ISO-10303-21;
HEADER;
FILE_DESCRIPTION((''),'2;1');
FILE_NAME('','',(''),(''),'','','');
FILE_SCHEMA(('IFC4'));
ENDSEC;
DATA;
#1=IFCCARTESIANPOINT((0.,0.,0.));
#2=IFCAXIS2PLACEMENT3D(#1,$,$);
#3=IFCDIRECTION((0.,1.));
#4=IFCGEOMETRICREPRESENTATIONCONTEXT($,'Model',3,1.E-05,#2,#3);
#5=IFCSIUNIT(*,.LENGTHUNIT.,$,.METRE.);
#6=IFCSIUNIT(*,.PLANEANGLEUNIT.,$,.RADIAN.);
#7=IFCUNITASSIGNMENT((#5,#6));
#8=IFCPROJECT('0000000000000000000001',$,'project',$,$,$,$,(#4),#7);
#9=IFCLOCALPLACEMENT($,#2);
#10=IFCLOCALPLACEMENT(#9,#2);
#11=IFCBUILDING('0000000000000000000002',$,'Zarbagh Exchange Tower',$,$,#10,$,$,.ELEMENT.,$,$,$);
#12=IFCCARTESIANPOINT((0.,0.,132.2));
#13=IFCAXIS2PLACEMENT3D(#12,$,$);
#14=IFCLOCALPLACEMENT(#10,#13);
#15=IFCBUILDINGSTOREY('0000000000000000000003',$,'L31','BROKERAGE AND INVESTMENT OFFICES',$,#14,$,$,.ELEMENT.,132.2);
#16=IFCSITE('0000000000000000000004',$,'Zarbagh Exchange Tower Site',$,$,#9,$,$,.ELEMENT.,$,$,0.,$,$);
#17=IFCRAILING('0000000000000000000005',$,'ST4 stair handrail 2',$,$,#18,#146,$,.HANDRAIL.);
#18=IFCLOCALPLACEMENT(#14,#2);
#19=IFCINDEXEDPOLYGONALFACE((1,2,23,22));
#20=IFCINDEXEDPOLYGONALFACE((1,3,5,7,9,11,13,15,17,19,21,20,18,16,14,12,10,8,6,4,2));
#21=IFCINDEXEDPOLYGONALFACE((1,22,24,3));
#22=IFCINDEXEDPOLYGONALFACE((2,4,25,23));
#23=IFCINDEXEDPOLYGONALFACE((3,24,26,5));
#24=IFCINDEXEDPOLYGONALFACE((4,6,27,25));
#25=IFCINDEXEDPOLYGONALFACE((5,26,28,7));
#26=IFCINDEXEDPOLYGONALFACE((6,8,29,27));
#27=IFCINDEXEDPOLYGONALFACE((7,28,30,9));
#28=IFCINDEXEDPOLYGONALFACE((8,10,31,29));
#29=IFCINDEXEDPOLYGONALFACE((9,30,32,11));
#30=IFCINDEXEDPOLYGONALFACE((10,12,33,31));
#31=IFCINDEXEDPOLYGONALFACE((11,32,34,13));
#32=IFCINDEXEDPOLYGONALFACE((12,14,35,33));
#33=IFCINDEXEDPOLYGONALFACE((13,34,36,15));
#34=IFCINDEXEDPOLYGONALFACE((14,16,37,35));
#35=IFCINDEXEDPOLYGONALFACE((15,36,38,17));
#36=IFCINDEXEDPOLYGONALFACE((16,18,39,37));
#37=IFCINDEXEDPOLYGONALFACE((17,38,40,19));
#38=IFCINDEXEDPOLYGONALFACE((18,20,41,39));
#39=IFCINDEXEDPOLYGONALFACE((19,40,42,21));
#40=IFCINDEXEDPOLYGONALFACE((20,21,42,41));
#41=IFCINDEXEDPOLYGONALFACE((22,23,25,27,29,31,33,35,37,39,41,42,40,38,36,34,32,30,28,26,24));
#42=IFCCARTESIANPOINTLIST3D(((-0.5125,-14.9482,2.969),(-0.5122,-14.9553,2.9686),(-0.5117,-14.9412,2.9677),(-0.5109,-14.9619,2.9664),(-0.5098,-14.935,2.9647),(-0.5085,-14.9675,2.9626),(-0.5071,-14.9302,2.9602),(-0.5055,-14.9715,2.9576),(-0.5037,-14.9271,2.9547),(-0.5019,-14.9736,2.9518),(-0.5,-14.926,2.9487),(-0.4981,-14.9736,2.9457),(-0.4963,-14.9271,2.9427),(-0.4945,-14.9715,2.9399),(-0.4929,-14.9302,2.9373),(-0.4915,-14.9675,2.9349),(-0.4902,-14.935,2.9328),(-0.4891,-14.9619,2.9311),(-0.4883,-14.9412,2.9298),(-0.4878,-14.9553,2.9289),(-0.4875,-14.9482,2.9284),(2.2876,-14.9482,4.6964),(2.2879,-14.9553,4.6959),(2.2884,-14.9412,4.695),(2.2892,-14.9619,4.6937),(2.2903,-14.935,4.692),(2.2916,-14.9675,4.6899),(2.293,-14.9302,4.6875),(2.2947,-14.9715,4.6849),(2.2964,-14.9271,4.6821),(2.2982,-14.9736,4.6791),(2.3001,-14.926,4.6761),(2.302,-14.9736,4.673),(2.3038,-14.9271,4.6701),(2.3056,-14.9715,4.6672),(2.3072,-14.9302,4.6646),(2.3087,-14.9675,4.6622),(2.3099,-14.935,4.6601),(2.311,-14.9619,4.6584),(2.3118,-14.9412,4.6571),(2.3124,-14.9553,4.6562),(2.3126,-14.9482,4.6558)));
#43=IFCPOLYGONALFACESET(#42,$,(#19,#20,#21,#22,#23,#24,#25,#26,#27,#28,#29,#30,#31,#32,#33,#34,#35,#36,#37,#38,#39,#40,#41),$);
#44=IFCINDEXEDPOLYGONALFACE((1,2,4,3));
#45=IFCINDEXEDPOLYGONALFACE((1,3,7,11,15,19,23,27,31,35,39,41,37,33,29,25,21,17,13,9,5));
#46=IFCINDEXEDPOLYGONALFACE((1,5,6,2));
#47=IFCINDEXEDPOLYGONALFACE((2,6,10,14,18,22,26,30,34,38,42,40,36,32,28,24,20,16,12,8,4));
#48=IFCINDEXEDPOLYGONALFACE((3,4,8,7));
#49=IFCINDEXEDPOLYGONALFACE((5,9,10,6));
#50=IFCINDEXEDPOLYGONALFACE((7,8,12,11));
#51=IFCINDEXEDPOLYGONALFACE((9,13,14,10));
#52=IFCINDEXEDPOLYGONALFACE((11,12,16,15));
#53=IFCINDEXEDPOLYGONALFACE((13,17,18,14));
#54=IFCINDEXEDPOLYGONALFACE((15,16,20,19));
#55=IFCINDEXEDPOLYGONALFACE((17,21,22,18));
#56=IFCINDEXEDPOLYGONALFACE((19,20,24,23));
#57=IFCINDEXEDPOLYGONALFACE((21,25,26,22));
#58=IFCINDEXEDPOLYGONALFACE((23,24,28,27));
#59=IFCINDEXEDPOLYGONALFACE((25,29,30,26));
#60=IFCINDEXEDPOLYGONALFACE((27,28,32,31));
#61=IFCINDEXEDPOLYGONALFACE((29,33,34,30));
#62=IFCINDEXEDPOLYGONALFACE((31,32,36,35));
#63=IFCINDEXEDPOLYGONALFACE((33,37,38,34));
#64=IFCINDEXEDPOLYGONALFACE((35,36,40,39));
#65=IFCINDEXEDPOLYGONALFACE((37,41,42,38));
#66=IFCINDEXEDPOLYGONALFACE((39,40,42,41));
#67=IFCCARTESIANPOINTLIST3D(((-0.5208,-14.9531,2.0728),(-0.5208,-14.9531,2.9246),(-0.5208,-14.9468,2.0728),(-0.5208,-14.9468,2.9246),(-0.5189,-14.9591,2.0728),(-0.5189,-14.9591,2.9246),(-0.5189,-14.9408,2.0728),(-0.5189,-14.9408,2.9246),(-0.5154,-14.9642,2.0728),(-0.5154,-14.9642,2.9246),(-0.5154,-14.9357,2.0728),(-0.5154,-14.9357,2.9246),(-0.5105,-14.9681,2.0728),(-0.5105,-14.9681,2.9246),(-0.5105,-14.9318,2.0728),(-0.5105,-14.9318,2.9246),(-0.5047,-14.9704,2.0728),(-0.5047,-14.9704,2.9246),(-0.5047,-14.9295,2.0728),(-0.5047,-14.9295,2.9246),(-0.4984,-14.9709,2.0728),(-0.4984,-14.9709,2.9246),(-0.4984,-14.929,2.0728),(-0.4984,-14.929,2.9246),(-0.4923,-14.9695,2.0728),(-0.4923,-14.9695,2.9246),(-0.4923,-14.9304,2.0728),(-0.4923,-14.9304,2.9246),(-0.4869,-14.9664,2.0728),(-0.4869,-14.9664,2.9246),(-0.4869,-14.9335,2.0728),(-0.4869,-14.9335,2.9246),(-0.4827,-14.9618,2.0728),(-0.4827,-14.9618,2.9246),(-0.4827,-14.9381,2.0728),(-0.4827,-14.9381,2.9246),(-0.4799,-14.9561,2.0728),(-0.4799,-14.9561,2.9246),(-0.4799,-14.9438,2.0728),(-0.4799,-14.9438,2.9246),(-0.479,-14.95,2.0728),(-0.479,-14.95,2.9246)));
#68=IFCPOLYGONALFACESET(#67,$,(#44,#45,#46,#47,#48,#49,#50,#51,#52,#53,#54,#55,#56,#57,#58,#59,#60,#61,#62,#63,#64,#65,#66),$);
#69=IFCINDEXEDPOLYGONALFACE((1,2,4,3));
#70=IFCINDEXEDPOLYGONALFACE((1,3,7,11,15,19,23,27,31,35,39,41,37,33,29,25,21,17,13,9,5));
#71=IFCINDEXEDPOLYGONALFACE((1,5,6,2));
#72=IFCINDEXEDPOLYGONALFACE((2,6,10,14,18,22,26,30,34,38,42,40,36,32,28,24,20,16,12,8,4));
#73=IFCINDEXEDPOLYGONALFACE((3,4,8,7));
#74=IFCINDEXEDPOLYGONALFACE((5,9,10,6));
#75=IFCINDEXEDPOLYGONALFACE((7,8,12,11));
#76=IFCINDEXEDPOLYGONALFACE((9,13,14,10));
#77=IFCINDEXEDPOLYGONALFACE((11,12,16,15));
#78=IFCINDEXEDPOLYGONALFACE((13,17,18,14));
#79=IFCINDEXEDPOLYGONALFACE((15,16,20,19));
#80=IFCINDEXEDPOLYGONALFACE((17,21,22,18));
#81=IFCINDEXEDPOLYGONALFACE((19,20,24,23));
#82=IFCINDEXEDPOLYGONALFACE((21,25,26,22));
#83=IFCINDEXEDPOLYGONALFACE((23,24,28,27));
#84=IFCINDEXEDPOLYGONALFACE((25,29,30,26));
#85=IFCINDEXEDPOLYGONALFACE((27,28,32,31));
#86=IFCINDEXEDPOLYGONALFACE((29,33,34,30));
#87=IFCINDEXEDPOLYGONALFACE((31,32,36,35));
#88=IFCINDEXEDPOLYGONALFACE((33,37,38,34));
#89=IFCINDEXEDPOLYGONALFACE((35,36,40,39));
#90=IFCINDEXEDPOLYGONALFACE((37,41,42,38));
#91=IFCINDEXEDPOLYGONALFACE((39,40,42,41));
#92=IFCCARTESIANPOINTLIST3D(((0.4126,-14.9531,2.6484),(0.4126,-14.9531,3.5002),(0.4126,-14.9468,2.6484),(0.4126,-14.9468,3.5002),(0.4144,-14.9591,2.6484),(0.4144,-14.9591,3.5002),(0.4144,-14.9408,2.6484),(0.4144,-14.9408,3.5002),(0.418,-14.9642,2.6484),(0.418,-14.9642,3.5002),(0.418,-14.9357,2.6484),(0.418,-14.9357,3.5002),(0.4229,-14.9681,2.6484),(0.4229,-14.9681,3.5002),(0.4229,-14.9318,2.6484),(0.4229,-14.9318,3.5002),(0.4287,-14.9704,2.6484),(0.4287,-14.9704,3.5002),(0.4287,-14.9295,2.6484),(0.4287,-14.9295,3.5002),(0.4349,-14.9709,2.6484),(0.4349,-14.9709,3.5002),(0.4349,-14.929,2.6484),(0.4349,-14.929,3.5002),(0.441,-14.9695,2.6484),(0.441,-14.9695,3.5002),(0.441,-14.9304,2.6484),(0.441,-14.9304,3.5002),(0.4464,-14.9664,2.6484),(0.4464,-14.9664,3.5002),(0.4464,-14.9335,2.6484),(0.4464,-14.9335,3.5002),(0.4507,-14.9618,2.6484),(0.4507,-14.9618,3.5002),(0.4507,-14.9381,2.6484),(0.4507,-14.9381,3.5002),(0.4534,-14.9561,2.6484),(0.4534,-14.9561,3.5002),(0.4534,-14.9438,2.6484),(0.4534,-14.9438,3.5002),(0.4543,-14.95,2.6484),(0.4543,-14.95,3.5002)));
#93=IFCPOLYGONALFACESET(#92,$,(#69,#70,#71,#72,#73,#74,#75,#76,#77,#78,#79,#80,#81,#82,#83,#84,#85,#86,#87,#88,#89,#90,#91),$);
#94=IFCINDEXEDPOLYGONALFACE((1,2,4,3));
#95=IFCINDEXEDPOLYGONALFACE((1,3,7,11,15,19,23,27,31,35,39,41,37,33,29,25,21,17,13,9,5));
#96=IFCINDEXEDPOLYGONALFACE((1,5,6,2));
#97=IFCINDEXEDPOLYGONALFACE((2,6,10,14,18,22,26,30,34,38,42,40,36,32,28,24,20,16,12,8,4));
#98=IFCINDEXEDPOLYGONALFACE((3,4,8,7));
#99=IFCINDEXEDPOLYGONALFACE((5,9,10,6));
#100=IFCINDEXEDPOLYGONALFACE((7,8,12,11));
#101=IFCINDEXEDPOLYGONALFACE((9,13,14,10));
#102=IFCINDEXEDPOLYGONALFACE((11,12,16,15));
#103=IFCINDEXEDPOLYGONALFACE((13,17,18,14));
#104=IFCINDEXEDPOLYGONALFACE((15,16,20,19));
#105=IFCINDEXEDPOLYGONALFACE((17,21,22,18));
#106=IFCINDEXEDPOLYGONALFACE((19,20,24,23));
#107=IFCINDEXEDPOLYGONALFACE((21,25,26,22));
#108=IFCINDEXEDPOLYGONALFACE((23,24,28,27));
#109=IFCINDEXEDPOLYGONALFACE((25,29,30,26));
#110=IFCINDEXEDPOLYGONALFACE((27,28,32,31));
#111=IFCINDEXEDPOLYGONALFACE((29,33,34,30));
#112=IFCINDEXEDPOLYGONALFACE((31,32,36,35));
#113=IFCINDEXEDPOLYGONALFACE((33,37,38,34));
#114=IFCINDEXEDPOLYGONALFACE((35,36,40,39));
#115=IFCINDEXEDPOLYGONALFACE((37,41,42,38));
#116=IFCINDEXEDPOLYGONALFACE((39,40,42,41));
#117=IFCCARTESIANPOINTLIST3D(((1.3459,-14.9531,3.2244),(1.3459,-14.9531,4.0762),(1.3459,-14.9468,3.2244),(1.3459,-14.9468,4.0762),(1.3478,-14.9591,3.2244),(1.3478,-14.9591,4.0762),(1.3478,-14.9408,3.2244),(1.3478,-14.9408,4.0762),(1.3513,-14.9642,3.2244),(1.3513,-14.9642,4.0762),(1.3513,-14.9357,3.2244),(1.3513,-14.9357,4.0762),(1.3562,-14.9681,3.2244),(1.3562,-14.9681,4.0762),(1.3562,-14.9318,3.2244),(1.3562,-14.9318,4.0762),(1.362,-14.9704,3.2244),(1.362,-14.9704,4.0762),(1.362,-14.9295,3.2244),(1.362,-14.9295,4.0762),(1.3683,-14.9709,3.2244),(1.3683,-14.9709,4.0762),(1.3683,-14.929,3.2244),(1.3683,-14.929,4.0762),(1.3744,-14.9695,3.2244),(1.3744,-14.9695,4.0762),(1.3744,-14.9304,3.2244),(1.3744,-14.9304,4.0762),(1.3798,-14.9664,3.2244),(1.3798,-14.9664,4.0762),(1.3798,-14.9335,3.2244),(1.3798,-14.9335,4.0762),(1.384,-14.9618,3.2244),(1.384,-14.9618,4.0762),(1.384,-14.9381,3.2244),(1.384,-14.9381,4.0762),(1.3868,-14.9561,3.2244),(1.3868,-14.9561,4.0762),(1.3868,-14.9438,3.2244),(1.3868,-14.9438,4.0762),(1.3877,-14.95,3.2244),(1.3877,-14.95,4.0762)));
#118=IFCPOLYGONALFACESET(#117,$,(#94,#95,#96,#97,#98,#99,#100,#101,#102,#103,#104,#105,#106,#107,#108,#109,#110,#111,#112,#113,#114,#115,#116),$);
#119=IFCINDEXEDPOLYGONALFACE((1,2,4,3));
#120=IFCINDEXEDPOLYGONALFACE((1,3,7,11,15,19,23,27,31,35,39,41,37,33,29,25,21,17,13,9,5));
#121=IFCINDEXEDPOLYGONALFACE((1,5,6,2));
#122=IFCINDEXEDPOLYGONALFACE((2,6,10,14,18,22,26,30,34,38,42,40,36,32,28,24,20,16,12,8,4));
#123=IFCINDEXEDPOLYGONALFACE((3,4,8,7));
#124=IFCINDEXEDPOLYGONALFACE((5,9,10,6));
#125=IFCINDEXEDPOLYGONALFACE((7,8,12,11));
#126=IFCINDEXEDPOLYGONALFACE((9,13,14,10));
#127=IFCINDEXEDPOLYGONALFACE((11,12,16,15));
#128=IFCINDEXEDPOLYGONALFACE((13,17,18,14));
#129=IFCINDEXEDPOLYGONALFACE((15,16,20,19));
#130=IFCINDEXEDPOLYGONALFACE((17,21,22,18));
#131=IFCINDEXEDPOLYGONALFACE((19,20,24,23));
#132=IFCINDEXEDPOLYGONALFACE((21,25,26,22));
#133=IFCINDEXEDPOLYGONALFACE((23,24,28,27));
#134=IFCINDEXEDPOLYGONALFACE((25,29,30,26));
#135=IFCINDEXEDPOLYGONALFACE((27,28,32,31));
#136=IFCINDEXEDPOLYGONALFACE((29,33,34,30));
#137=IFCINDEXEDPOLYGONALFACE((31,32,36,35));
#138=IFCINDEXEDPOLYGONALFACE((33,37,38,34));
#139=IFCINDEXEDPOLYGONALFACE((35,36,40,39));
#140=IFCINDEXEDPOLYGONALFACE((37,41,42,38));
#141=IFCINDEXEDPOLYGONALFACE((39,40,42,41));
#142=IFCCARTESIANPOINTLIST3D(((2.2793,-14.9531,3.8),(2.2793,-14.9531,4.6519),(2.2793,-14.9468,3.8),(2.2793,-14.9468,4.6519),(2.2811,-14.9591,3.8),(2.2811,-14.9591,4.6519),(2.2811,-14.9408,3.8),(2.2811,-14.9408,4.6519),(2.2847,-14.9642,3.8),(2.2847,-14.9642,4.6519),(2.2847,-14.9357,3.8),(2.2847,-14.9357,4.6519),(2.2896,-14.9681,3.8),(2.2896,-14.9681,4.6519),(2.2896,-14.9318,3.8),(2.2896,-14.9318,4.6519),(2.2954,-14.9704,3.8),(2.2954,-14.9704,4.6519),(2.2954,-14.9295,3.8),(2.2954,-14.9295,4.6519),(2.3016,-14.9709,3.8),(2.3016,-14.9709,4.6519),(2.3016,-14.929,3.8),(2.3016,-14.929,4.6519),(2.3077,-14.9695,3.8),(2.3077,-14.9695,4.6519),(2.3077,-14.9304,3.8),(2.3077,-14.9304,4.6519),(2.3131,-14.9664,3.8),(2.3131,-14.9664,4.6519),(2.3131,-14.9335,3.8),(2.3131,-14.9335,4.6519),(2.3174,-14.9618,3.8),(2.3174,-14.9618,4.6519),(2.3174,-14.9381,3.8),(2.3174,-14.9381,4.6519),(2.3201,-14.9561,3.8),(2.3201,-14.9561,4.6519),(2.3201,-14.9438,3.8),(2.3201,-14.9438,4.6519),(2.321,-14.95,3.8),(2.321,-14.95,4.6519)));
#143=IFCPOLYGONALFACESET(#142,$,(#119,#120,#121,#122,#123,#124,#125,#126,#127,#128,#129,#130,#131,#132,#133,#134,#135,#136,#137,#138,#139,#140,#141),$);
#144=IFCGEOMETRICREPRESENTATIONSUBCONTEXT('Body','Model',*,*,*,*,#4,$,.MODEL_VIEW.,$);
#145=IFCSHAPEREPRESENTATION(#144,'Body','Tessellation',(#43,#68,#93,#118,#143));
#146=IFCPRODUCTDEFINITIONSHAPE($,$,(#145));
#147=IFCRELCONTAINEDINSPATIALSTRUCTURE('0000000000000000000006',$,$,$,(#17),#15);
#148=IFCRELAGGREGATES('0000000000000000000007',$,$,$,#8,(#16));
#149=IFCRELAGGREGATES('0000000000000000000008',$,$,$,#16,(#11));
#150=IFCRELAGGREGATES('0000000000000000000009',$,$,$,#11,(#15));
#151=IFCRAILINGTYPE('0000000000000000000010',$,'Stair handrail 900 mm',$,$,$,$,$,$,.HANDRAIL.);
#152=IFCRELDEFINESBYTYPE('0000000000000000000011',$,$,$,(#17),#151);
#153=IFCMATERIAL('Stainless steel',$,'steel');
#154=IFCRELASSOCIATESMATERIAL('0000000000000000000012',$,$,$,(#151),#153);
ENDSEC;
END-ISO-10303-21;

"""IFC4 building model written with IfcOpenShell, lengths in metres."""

from ifc_helpers import new_model, si_unit, direction, frame, origin, origin_2d, place, context, subcontext, project, spatial, circle, extrude, material, type_object, element, save


model = new_model("IFC4")

# Units and contexts
model_context = context("Model", 3, precision=1e-05, world=origin(), true_north=direction((0.0, 1.0)))
body_context = subcontext(model_context, "Body", "Model", "MODEL_VIEW")
ifc_project = project(units=[si_unit("LENGTHUNIT", "METRE"), si_unit("PLANEANGLEUNIT", "RADIAN")], contexts=[model_context])

# Site, building, storey
site_placement = place(None, origin())
site = spatial("IfcSite", under=ifc_project, at=site_placement, Name="Zarbagh Exchange Tower Site", CompositionType="ELEMENT", RefElevation=0.0)
building_placement = place(site_placement, origin())
building = spatial("IfcBuilding", under=site, at=building_placement, Name="Zarbagh Exchange Tower", CompositionType="ELEMENT")
storey_placement = place(building_placement, frame((0.0, 0.0, 132.2)))
storey = spatial("IfcBuildingStorey", under=building, at=storey_placement, Name="L31", Description="BROKERAGE AND INVESTMENT OFFICES", CompositionType="ELEMENT", Elevation=132.2)

# Shared definitions
ifc_material_1 = material(Name="Stainless steel", Category="steel")

# Railing
railing_type = type_object("IfcRailingType", Name="Stair handrail 900 mm", PredefinedType="HANDRAIL", material=ifc_material_1)
for number, where, name in (
    (1, (-0.5, -14.95, 2.0728), "ST4 stair handrail 2"),
):
    element("IfcRailing", number, at=place(storey_placement, frame(where)), inside=storey, type_object=railing_type, Name=name, PredefinedType="HANDRAIL", context=body_context, shape_type="SweptSolid", body=[
        extrude(circle(Radius=0.0239, at=origin_2d()), frame((0.0, 0.0, 0.876), z_axis=(0.85109, 0.0, 0.52502), x_axis=(0.0, 1.0, 0.0)), (0.0, 0.0, 1.0), 3.29),
        extrude(circle(Radius=0.021, at=origin_2d()), origin(), (0.0, 0.0, 1.0), 0.8518),
        extrude(circle(Radius=0.021, at=origin_2d()), frame((0.9333, 0.0, 0.5757)), (0.0, 0.0, 1.0), 0.8518),
        extrude(circle(Radius=0.021, at=origin_2d()), frame((1.8667, 0.0, 1.1516)), (0.0, 0.0, 1.0), 0.8518),
        extrude(circle(Radius=0.021, at=origin_2d()), frame((2.8, 0.0, 1.7273)), (0.0, 0.0, 1.0), 0.8518),
    ])

save(model, "model.ifc")
